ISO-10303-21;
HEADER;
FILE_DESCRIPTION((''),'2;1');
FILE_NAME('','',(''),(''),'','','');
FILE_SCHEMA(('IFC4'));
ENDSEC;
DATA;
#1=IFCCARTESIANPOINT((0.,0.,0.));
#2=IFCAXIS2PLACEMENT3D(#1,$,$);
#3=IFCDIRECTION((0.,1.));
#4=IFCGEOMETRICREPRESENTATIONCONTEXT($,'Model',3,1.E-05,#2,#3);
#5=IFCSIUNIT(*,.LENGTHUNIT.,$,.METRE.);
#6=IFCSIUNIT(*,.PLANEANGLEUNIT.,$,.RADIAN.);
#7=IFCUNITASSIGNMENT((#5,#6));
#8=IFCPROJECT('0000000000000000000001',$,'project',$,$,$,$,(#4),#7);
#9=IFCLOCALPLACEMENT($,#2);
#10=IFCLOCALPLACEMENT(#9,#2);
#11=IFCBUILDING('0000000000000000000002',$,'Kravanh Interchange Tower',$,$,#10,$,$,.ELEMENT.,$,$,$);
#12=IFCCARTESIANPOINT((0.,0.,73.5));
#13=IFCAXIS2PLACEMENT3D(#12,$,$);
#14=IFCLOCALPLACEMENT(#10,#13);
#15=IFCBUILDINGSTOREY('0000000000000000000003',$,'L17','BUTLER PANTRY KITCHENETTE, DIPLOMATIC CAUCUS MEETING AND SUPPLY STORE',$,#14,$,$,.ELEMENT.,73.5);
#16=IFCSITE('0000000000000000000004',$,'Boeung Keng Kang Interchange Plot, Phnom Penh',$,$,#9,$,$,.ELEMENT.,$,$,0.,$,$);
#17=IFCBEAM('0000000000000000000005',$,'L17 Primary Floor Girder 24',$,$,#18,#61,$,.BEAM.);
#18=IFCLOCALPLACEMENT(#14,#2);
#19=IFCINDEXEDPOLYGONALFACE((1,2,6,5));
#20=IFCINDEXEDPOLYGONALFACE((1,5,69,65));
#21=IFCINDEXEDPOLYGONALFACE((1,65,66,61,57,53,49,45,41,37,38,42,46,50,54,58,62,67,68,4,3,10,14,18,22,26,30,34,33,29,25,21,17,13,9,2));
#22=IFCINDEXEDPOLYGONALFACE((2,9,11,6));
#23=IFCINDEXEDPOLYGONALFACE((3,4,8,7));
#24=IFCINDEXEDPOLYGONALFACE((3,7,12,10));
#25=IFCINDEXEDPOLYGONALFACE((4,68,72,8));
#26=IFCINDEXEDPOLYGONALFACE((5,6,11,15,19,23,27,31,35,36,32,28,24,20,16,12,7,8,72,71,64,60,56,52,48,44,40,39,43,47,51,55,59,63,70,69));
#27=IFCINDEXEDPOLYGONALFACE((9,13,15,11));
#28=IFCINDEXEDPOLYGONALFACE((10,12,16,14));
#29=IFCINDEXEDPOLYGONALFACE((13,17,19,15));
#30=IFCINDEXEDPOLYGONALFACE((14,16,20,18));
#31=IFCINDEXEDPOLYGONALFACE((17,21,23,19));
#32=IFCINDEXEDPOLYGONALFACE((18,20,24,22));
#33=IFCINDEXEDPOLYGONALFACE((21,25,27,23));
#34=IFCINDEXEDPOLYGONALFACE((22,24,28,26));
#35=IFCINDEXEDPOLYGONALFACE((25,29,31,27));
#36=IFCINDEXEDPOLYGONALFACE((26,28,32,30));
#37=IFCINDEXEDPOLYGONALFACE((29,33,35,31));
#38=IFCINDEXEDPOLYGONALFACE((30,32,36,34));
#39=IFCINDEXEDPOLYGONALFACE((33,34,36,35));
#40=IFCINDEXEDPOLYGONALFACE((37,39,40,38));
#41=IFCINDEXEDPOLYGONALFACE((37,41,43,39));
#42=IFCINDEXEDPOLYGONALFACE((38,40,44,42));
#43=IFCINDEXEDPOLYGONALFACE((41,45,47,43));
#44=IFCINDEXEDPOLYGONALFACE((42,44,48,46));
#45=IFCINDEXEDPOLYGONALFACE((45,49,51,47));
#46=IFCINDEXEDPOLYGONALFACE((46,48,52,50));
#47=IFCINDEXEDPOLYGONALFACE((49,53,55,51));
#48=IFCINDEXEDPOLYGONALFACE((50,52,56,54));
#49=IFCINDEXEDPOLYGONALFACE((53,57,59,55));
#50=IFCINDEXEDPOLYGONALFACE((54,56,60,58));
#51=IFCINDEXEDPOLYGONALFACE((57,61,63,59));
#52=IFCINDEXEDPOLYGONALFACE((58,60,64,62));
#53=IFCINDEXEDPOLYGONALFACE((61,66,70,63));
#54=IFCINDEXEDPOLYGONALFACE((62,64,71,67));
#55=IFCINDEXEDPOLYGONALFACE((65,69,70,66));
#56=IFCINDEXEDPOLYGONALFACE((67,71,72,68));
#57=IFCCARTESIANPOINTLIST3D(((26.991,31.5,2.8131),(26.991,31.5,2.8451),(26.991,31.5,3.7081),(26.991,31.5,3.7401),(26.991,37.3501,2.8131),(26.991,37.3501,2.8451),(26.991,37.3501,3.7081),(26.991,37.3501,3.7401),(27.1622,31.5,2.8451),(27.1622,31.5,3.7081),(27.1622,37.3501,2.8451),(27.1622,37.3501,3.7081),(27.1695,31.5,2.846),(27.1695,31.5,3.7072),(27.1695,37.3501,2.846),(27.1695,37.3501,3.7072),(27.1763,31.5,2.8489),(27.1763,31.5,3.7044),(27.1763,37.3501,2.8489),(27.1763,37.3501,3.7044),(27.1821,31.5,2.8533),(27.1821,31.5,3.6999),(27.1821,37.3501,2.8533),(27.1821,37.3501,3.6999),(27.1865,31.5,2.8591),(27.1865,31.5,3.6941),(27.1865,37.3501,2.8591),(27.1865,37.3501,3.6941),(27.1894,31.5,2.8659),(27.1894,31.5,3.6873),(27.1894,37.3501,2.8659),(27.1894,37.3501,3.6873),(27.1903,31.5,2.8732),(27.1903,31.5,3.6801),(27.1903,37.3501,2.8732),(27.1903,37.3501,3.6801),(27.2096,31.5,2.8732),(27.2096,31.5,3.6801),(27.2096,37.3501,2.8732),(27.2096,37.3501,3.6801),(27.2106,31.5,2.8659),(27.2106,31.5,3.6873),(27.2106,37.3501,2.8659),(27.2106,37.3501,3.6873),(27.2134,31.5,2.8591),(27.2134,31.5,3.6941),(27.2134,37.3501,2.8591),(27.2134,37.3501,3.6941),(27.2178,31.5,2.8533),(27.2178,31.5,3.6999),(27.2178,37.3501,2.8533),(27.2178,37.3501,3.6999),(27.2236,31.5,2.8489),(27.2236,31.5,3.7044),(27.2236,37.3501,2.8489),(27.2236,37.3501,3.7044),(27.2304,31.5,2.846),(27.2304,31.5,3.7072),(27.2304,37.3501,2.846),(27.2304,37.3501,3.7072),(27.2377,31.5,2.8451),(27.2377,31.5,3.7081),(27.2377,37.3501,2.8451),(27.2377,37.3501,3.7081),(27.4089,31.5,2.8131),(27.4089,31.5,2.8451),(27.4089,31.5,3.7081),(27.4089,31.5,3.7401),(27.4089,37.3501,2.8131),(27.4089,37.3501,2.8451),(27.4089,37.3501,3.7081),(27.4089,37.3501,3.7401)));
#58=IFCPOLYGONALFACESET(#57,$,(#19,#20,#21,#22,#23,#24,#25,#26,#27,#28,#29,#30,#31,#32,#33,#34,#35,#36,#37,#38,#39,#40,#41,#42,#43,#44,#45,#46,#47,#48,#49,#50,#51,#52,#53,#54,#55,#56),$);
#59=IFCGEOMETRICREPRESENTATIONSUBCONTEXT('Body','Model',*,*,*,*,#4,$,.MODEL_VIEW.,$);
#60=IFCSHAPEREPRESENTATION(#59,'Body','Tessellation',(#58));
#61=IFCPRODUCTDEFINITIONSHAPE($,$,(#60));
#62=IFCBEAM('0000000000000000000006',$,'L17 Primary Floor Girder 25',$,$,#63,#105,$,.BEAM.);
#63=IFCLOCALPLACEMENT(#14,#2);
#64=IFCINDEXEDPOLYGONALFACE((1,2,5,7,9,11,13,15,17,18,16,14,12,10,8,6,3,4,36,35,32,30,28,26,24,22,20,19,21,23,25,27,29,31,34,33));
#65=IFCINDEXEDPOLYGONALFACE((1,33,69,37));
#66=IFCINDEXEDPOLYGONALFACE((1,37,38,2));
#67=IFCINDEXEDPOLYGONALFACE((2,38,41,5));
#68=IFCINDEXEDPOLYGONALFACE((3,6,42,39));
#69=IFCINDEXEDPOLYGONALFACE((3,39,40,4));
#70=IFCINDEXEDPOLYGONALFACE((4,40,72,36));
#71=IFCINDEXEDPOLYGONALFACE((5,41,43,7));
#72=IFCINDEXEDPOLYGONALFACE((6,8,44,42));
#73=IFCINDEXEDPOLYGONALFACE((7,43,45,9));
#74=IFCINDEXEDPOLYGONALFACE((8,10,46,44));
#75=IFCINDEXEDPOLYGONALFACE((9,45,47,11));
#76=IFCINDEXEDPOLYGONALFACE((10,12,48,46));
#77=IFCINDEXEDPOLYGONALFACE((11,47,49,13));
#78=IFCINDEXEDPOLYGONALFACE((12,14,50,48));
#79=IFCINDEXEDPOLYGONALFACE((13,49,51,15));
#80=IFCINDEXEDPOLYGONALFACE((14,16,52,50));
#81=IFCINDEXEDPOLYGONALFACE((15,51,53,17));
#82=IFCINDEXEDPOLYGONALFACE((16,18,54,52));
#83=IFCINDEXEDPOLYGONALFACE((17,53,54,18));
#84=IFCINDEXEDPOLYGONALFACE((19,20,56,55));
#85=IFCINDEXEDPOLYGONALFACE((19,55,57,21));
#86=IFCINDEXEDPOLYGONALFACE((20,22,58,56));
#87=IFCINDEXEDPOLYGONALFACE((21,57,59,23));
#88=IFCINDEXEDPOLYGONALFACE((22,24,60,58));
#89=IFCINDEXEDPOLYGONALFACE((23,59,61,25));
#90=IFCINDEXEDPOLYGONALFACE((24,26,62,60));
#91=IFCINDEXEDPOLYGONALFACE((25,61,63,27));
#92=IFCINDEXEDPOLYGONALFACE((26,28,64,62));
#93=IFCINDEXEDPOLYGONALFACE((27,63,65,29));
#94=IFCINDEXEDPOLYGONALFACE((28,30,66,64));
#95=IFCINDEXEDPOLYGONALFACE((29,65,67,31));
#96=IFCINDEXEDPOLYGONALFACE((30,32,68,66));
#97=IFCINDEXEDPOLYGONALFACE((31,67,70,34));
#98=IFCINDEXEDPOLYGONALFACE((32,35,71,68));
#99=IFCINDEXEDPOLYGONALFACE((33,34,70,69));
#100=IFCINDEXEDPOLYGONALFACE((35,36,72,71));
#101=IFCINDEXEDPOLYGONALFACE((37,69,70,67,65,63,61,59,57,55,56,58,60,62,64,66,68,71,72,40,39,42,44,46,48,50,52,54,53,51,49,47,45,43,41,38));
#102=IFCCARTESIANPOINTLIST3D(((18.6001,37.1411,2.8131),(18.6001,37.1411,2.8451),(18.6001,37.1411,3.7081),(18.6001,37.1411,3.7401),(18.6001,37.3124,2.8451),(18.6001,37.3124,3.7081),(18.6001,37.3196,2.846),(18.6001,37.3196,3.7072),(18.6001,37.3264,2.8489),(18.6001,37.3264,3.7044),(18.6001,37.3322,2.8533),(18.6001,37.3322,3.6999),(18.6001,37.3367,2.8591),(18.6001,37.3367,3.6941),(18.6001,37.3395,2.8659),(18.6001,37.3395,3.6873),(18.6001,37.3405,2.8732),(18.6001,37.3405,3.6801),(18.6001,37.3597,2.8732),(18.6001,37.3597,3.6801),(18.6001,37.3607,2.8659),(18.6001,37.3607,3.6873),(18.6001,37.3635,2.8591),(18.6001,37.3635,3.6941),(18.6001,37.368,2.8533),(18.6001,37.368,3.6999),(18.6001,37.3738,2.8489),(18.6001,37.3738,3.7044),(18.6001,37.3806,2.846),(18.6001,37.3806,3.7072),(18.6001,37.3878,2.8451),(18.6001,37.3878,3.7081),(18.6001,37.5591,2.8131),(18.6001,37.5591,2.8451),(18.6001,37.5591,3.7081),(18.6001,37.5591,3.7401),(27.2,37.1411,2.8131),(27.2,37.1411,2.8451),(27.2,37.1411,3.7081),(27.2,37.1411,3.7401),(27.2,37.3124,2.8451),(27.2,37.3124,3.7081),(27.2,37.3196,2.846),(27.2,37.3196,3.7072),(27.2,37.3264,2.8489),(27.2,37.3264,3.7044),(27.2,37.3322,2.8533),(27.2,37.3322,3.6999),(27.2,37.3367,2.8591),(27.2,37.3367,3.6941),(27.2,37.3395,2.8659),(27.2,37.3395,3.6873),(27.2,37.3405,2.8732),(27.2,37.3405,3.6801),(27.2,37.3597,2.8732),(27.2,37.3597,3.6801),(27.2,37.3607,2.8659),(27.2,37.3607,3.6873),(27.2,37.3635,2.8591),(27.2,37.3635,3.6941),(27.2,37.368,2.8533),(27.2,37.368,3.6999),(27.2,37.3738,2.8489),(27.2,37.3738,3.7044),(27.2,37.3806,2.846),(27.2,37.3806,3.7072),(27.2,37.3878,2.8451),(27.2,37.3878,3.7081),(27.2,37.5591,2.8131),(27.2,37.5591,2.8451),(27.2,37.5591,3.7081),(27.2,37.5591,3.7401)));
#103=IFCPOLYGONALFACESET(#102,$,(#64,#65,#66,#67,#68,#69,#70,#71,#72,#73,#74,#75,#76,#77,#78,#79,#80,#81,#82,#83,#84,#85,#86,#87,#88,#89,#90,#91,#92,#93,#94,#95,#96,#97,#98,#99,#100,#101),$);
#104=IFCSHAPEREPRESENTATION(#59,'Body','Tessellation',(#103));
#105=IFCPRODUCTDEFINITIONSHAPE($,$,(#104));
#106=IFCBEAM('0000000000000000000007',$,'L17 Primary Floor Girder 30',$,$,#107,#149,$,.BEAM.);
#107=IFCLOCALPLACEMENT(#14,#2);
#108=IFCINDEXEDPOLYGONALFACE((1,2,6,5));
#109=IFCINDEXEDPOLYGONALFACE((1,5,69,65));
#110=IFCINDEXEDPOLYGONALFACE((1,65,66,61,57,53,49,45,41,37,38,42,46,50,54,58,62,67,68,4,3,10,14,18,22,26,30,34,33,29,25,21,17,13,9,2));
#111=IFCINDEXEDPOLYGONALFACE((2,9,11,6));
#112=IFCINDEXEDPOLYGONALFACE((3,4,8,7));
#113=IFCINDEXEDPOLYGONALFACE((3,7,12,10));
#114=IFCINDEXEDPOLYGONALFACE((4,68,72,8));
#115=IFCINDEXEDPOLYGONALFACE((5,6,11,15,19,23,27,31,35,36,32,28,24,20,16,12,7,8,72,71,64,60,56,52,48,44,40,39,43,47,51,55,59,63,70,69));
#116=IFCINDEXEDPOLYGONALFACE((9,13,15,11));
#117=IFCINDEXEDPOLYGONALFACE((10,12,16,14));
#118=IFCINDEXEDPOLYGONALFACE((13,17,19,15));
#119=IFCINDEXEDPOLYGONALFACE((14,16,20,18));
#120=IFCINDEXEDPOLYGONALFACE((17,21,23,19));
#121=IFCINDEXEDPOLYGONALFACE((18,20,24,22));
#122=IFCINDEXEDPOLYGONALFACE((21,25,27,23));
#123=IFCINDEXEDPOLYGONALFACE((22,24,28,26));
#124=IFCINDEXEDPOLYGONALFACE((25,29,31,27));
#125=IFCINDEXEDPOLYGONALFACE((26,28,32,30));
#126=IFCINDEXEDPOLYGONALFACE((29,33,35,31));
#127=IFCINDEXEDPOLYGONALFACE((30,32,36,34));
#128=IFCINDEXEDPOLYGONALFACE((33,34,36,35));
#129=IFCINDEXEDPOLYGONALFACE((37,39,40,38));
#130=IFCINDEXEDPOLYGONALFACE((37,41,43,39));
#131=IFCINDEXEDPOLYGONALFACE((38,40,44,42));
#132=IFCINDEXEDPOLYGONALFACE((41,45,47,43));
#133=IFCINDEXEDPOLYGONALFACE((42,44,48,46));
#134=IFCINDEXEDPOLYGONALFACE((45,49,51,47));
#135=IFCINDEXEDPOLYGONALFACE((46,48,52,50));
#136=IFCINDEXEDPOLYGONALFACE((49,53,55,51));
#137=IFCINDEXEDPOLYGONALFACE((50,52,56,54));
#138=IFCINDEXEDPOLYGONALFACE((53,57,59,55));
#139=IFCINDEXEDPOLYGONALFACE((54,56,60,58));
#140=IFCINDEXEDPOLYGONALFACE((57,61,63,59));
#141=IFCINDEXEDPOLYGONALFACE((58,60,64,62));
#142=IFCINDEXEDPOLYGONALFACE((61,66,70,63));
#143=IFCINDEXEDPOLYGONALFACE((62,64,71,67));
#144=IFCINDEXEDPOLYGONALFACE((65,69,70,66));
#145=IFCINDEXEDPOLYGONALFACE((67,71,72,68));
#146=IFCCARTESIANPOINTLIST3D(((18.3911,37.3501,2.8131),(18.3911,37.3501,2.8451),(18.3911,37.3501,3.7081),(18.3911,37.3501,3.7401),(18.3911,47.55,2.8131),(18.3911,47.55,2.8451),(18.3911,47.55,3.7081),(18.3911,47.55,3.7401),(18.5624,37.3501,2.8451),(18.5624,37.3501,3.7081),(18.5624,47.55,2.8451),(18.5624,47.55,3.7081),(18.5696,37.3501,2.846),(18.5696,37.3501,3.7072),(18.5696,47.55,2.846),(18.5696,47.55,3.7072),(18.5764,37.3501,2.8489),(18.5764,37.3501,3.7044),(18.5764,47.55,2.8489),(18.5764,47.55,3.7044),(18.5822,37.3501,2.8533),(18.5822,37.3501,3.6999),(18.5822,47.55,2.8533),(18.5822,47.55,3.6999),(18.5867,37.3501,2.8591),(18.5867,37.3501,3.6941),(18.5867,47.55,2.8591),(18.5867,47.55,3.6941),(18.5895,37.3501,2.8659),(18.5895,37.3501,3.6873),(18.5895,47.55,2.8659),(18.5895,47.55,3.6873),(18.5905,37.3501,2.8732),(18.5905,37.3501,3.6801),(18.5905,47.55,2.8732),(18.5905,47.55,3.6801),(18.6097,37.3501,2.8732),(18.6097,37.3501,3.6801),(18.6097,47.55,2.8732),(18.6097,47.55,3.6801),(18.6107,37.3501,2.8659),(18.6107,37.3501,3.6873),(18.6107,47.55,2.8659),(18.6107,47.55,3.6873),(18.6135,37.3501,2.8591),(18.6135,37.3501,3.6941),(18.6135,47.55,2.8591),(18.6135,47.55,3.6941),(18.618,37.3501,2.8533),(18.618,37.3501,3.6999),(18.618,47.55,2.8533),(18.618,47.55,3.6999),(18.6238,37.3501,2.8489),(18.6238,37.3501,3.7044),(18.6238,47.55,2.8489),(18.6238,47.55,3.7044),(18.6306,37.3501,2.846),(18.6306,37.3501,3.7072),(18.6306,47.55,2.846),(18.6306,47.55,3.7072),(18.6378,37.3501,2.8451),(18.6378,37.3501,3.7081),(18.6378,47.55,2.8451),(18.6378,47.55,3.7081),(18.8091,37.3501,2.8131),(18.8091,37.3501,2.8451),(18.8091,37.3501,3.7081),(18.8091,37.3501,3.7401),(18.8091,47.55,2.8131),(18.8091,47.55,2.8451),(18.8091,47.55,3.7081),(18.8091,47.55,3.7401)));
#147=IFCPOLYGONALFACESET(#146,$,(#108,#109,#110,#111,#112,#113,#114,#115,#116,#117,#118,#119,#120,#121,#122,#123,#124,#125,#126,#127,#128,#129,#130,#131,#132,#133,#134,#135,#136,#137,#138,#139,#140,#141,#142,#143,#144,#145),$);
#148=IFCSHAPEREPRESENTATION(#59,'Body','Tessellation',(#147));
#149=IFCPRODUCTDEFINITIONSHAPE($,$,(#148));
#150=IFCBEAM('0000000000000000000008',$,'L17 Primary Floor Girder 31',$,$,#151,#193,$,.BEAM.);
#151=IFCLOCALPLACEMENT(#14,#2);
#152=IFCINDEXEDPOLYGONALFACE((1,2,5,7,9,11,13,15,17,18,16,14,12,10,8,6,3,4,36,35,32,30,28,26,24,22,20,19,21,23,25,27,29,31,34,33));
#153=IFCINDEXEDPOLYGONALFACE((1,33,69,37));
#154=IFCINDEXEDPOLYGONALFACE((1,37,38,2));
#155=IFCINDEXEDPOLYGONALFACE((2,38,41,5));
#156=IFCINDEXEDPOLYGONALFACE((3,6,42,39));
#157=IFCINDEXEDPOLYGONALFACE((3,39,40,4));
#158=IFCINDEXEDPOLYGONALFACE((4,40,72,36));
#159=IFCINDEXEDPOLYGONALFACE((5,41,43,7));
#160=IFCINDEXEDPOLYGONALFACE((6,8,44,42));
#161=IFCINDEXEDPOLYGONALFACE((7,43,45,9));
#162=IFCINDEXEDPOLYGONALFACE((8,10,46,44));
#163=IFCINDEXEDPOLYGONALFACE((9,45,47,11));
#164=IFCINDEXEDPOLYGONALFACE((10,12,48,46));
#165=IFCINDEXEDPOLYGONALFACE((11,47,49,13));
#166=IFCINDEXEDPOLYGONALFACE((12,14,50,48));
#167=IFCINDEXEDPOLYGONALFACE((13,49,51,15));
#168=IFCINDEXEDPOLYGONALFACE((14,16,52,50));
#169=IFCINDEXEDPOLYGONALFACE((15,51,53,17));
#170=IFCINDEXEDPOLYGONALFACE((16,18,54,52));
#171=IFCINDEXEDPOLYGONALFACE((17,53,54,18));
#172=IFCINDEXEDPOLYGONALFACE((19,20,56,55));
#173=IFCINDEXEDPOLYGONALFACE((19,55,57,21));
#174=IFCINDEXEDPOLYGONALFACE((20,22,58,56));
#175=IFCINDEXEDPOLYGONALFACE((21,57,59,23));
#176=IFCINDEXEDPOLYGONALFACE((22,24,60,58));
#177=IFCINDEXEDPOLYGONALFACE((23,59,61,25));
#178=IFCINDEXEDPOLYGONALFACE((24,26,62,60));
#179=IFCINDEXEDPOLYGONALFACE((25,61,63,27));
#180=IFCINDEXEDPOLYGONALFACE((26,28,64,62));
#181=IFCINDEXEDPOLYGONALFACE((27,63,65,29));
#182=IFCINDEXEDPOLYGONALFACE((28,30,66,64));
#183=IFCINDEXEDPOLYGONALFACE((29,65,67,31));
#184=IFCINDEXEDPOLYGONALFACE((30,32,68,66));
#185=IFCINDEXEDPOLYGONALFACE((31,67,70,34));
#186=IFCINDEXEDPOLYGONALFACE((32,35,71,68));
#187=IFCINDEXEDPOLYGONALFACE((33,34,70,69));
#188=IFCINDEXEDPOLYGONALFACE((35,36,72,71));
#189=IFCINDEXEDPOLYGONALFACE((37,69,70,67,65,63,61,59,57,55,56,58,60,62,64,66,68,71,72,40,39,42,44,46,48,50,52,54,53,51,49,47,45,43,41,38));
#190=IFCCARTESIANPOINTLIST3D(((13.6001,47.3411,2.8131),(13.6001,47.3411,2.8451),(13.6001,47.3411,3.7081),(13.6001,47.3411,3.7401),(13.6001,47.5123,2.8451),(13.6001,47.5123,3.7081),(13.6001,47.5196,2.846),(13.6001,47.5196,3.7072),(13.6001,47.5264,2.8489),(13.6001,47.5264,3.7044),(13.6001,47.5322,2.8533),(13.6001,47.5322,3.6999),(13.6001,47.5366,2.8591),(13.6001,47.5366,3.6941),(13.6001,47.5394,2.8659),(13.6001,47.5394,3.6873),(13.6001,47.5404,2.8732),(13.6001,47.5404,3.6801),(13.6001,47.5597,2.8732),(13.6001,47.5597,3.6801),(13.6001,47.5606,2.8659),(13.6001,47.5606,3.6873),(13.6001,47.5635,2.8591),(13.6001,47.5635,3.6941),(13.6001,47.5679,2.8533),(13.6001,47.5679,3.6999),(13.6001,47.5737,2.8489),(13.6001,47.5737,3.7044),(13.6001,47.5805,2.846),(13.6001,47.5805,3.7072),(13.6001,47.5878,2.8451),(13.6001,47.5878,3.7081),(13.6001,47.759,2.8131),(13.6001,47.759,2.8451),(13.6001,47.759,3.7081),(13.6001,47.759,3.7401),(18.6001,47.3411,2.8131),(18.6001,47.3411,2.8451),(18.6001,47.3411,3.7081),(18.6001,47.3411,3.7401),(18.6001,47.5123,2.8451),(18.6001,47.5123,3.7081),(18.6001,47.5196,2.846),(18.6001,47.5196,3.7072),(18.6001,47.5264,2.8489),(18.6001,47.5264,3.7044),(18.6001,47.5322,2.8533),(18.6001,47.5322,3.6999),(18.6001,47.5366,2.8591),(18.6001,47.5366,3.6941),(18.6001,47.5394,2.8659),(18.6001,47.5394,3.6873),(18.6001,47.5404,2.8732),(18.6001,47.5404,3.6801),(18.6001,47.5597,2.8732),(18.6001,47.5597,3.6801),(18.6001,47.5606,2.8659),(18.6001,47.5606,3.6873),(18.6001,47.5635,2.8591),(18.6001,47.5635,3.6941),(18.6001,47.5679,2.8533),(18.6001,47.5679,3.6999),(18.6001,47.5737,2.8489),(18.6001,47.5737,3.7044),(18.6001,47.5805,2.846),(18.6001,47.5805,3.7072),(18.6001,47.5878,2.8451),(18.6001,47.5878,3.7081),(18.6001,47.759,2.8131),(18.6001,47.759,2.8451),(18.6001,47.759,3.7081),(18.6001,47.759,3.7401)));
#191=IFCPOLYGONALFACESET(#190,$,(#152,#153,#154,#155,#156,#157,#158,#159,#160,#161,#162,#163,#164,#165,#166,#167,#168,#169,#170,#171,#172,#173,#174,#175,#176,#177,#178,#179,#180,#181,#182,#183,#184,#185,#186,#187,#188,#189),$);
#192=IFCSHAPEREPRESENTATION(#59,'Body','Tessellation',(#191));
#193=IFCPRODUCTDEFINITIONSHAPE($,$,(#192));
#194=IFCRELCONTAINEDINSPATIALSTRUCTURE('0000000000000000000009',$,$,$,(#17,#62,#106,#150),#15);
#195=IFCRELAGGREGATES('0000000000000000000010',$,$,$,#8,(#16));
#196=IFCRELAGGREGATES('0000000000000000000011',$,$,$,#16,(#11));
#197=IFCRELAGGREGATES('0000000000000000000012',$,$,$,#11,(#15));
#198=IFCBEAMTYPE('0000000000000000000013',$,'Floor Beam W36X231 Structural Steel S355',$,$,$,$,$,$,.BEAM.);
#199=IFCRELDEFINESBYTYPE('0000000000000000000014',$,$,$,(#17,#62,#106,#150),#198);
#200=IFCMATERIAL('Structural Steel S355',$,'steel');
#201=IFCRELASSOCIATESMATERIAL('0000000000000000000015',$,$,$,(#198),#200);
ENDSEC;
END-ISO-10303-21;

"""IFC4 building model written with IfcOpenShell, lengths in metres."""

from ifc_helpers import new_model, si_unit, direction, frame, origin, origin_2d, place, context, subcontext, project, spatial, i_section, extrude, material, material_profile, profile_set, type_object, element, save


model = new_model("IFC4")

# Units and contexts
model_context = context("Model", 3, precision=1e-05, world=origin(), true_north=direction((0.0, 1.0)))
body_context = subcontext(model_context, "Body", "Model", "MODEL_VIEW")
ifc_project = project(units=[si_unit("LENGTHUNIT", "METRE"), si_unit("PLANEANGLEUNIT", "RADIAN")], contexts=[model_context])

# Site, building, storey
site_placement = place(None, origin())
site = spatial("IfcSite", under=ifc_project, at=site_placement, Name="Boeung Keng Kang Interchange Plot, Phnom Penh", CompositionType="ELEMENT", RefElevation=0.0)
building_placement = place(site_placement, origin())
building = spatial("IfcBuilding", under=site, at=building_placement, Name="Kravanh Interchange Tower", CompositionType="ELEMENT")
storey_placement = place(building_placement, frame((0.0, 0.0, 73.5)))
storey = spatial("IfcBuildingStorey", under=building, at=storey_placement, Name="L17", Description="BUTLER PANTRY KITCHENETTE, DIPLOMATIC CAUCUS MEETING AND SUPPLY STORE", CompositionType="ELEMENT", Elevation=73.5)

# Beams
ifc_material_1 = material(Name="Structural Steel S355", Category="steel")
ifc_material_profile_1 = material_profile(ifc_material_1, i_section(OverallWidth=0.418, OverallDepth=0.927, WebThickness=0.0193, FlangeThickness=0.032, FilletRadius=0.0281, at=origin_2d()), Name="W36X231")
ifc_profile_set_1 = profile_set([ifc_material_profile_1], Name="Structural Steel S355")
beam_type = type_object("IfcBeamType", Name="Floor Beam W36X231 Structural Steel S355", PredefinedType="BEAM", material=ifc_profile_set_1)
beam_1_placement = place(storey_placement, frame((27.2, 37.3501, 3.2766), z_axis=(0.0, -1.0, 0.0), x_axis=(1.0, 0.0, 0.0)))
element("IfcBeam", 1, at=beam_1_placement, inside=storey, type_object=beam_type, Name="L17 Primary Floor Girder 24", PredefinedType="BEAM", context=body_context, shape_type="SweptSolid", body=[
    extrude(i_section(OverallWidth=0.418, OverallDepth=0.927, WebThickness=0.0193, FlangeThickness=0.032, FilletRadius=0.0281, at=origin_2d()), origin(), (0.0, 0.0, 1.0), 5.8501),
])
beam_2_placement = place(storey_placement, frame((27.2, 37.3501, 3.2766), z_axis=(-1.0, 0.0, 0.0), x_axis=(0.0, -1.0, 0.0)))
element("IfcBeam", 2, at=beam_2_placement, inside=storey, type_object=beam_type, Name="L17 Primary Floor Girder 25", PredefinedType="BEAM", context=body_context, shape_type="SweptSolid", body=[
    extrude(i_section(OverallWidth=0.418, OverallDepth=0.927, WebThickness=0.0193, FlangeThickness=0.032, FilletRadius=0.0281, at=origin_2d()), origin(), (0.0, 0.0, 1.0), 8.5999),
])
beam_3_placement = place(storey_placement, frame((18.6001, 37.3501, 3.2766), z_axis=(0.0, 1.0, 0.0), x_axis=(-1.0, 0.0, 0.0)))
element("IfcBeam", 3, at=beam_3_placement, inside=storey, type_object=beam_type, Name="L17 Primary Floor Girder 30", PredefinedType="BEAM", context=body_context, shape_type="SweptSolid", body=[
    extrude(i_section(OverallWidth=0.418, OverallDepth=0.927, WebThickness=0.0193, FlangeThickness=0.032, FilletRadius=0.0281, at=origin_2d()), origin(), (0.0, 0.0, 1.0), 10.2),
])
beam_4_placement = place(storey_placement, frame((18.6001, 47.55, 3.2766), z_axis=(-1.0, 0.0, 0.0), x_axis=(0.0, -1.0, 0.0)))
element("IfcBeam", 4, at=beam_4_placement, inside=storey, type_object=beam_type, Name="L17 Primary Floor Girder 31", PredefinedType="BEAM", context=body_context, shape_type="SweptSolid", body=[
    extrude(i_section(OverallWidth=0.418, OverallDepth=0.927, WebThickness=0.0193, FlangeThickness=0.032, FilletRadius=0.0281, at=origin_2d()), origin(), (0.0, 0.0, 1.0), 5.0),
])

save(model, "model.ifc")
